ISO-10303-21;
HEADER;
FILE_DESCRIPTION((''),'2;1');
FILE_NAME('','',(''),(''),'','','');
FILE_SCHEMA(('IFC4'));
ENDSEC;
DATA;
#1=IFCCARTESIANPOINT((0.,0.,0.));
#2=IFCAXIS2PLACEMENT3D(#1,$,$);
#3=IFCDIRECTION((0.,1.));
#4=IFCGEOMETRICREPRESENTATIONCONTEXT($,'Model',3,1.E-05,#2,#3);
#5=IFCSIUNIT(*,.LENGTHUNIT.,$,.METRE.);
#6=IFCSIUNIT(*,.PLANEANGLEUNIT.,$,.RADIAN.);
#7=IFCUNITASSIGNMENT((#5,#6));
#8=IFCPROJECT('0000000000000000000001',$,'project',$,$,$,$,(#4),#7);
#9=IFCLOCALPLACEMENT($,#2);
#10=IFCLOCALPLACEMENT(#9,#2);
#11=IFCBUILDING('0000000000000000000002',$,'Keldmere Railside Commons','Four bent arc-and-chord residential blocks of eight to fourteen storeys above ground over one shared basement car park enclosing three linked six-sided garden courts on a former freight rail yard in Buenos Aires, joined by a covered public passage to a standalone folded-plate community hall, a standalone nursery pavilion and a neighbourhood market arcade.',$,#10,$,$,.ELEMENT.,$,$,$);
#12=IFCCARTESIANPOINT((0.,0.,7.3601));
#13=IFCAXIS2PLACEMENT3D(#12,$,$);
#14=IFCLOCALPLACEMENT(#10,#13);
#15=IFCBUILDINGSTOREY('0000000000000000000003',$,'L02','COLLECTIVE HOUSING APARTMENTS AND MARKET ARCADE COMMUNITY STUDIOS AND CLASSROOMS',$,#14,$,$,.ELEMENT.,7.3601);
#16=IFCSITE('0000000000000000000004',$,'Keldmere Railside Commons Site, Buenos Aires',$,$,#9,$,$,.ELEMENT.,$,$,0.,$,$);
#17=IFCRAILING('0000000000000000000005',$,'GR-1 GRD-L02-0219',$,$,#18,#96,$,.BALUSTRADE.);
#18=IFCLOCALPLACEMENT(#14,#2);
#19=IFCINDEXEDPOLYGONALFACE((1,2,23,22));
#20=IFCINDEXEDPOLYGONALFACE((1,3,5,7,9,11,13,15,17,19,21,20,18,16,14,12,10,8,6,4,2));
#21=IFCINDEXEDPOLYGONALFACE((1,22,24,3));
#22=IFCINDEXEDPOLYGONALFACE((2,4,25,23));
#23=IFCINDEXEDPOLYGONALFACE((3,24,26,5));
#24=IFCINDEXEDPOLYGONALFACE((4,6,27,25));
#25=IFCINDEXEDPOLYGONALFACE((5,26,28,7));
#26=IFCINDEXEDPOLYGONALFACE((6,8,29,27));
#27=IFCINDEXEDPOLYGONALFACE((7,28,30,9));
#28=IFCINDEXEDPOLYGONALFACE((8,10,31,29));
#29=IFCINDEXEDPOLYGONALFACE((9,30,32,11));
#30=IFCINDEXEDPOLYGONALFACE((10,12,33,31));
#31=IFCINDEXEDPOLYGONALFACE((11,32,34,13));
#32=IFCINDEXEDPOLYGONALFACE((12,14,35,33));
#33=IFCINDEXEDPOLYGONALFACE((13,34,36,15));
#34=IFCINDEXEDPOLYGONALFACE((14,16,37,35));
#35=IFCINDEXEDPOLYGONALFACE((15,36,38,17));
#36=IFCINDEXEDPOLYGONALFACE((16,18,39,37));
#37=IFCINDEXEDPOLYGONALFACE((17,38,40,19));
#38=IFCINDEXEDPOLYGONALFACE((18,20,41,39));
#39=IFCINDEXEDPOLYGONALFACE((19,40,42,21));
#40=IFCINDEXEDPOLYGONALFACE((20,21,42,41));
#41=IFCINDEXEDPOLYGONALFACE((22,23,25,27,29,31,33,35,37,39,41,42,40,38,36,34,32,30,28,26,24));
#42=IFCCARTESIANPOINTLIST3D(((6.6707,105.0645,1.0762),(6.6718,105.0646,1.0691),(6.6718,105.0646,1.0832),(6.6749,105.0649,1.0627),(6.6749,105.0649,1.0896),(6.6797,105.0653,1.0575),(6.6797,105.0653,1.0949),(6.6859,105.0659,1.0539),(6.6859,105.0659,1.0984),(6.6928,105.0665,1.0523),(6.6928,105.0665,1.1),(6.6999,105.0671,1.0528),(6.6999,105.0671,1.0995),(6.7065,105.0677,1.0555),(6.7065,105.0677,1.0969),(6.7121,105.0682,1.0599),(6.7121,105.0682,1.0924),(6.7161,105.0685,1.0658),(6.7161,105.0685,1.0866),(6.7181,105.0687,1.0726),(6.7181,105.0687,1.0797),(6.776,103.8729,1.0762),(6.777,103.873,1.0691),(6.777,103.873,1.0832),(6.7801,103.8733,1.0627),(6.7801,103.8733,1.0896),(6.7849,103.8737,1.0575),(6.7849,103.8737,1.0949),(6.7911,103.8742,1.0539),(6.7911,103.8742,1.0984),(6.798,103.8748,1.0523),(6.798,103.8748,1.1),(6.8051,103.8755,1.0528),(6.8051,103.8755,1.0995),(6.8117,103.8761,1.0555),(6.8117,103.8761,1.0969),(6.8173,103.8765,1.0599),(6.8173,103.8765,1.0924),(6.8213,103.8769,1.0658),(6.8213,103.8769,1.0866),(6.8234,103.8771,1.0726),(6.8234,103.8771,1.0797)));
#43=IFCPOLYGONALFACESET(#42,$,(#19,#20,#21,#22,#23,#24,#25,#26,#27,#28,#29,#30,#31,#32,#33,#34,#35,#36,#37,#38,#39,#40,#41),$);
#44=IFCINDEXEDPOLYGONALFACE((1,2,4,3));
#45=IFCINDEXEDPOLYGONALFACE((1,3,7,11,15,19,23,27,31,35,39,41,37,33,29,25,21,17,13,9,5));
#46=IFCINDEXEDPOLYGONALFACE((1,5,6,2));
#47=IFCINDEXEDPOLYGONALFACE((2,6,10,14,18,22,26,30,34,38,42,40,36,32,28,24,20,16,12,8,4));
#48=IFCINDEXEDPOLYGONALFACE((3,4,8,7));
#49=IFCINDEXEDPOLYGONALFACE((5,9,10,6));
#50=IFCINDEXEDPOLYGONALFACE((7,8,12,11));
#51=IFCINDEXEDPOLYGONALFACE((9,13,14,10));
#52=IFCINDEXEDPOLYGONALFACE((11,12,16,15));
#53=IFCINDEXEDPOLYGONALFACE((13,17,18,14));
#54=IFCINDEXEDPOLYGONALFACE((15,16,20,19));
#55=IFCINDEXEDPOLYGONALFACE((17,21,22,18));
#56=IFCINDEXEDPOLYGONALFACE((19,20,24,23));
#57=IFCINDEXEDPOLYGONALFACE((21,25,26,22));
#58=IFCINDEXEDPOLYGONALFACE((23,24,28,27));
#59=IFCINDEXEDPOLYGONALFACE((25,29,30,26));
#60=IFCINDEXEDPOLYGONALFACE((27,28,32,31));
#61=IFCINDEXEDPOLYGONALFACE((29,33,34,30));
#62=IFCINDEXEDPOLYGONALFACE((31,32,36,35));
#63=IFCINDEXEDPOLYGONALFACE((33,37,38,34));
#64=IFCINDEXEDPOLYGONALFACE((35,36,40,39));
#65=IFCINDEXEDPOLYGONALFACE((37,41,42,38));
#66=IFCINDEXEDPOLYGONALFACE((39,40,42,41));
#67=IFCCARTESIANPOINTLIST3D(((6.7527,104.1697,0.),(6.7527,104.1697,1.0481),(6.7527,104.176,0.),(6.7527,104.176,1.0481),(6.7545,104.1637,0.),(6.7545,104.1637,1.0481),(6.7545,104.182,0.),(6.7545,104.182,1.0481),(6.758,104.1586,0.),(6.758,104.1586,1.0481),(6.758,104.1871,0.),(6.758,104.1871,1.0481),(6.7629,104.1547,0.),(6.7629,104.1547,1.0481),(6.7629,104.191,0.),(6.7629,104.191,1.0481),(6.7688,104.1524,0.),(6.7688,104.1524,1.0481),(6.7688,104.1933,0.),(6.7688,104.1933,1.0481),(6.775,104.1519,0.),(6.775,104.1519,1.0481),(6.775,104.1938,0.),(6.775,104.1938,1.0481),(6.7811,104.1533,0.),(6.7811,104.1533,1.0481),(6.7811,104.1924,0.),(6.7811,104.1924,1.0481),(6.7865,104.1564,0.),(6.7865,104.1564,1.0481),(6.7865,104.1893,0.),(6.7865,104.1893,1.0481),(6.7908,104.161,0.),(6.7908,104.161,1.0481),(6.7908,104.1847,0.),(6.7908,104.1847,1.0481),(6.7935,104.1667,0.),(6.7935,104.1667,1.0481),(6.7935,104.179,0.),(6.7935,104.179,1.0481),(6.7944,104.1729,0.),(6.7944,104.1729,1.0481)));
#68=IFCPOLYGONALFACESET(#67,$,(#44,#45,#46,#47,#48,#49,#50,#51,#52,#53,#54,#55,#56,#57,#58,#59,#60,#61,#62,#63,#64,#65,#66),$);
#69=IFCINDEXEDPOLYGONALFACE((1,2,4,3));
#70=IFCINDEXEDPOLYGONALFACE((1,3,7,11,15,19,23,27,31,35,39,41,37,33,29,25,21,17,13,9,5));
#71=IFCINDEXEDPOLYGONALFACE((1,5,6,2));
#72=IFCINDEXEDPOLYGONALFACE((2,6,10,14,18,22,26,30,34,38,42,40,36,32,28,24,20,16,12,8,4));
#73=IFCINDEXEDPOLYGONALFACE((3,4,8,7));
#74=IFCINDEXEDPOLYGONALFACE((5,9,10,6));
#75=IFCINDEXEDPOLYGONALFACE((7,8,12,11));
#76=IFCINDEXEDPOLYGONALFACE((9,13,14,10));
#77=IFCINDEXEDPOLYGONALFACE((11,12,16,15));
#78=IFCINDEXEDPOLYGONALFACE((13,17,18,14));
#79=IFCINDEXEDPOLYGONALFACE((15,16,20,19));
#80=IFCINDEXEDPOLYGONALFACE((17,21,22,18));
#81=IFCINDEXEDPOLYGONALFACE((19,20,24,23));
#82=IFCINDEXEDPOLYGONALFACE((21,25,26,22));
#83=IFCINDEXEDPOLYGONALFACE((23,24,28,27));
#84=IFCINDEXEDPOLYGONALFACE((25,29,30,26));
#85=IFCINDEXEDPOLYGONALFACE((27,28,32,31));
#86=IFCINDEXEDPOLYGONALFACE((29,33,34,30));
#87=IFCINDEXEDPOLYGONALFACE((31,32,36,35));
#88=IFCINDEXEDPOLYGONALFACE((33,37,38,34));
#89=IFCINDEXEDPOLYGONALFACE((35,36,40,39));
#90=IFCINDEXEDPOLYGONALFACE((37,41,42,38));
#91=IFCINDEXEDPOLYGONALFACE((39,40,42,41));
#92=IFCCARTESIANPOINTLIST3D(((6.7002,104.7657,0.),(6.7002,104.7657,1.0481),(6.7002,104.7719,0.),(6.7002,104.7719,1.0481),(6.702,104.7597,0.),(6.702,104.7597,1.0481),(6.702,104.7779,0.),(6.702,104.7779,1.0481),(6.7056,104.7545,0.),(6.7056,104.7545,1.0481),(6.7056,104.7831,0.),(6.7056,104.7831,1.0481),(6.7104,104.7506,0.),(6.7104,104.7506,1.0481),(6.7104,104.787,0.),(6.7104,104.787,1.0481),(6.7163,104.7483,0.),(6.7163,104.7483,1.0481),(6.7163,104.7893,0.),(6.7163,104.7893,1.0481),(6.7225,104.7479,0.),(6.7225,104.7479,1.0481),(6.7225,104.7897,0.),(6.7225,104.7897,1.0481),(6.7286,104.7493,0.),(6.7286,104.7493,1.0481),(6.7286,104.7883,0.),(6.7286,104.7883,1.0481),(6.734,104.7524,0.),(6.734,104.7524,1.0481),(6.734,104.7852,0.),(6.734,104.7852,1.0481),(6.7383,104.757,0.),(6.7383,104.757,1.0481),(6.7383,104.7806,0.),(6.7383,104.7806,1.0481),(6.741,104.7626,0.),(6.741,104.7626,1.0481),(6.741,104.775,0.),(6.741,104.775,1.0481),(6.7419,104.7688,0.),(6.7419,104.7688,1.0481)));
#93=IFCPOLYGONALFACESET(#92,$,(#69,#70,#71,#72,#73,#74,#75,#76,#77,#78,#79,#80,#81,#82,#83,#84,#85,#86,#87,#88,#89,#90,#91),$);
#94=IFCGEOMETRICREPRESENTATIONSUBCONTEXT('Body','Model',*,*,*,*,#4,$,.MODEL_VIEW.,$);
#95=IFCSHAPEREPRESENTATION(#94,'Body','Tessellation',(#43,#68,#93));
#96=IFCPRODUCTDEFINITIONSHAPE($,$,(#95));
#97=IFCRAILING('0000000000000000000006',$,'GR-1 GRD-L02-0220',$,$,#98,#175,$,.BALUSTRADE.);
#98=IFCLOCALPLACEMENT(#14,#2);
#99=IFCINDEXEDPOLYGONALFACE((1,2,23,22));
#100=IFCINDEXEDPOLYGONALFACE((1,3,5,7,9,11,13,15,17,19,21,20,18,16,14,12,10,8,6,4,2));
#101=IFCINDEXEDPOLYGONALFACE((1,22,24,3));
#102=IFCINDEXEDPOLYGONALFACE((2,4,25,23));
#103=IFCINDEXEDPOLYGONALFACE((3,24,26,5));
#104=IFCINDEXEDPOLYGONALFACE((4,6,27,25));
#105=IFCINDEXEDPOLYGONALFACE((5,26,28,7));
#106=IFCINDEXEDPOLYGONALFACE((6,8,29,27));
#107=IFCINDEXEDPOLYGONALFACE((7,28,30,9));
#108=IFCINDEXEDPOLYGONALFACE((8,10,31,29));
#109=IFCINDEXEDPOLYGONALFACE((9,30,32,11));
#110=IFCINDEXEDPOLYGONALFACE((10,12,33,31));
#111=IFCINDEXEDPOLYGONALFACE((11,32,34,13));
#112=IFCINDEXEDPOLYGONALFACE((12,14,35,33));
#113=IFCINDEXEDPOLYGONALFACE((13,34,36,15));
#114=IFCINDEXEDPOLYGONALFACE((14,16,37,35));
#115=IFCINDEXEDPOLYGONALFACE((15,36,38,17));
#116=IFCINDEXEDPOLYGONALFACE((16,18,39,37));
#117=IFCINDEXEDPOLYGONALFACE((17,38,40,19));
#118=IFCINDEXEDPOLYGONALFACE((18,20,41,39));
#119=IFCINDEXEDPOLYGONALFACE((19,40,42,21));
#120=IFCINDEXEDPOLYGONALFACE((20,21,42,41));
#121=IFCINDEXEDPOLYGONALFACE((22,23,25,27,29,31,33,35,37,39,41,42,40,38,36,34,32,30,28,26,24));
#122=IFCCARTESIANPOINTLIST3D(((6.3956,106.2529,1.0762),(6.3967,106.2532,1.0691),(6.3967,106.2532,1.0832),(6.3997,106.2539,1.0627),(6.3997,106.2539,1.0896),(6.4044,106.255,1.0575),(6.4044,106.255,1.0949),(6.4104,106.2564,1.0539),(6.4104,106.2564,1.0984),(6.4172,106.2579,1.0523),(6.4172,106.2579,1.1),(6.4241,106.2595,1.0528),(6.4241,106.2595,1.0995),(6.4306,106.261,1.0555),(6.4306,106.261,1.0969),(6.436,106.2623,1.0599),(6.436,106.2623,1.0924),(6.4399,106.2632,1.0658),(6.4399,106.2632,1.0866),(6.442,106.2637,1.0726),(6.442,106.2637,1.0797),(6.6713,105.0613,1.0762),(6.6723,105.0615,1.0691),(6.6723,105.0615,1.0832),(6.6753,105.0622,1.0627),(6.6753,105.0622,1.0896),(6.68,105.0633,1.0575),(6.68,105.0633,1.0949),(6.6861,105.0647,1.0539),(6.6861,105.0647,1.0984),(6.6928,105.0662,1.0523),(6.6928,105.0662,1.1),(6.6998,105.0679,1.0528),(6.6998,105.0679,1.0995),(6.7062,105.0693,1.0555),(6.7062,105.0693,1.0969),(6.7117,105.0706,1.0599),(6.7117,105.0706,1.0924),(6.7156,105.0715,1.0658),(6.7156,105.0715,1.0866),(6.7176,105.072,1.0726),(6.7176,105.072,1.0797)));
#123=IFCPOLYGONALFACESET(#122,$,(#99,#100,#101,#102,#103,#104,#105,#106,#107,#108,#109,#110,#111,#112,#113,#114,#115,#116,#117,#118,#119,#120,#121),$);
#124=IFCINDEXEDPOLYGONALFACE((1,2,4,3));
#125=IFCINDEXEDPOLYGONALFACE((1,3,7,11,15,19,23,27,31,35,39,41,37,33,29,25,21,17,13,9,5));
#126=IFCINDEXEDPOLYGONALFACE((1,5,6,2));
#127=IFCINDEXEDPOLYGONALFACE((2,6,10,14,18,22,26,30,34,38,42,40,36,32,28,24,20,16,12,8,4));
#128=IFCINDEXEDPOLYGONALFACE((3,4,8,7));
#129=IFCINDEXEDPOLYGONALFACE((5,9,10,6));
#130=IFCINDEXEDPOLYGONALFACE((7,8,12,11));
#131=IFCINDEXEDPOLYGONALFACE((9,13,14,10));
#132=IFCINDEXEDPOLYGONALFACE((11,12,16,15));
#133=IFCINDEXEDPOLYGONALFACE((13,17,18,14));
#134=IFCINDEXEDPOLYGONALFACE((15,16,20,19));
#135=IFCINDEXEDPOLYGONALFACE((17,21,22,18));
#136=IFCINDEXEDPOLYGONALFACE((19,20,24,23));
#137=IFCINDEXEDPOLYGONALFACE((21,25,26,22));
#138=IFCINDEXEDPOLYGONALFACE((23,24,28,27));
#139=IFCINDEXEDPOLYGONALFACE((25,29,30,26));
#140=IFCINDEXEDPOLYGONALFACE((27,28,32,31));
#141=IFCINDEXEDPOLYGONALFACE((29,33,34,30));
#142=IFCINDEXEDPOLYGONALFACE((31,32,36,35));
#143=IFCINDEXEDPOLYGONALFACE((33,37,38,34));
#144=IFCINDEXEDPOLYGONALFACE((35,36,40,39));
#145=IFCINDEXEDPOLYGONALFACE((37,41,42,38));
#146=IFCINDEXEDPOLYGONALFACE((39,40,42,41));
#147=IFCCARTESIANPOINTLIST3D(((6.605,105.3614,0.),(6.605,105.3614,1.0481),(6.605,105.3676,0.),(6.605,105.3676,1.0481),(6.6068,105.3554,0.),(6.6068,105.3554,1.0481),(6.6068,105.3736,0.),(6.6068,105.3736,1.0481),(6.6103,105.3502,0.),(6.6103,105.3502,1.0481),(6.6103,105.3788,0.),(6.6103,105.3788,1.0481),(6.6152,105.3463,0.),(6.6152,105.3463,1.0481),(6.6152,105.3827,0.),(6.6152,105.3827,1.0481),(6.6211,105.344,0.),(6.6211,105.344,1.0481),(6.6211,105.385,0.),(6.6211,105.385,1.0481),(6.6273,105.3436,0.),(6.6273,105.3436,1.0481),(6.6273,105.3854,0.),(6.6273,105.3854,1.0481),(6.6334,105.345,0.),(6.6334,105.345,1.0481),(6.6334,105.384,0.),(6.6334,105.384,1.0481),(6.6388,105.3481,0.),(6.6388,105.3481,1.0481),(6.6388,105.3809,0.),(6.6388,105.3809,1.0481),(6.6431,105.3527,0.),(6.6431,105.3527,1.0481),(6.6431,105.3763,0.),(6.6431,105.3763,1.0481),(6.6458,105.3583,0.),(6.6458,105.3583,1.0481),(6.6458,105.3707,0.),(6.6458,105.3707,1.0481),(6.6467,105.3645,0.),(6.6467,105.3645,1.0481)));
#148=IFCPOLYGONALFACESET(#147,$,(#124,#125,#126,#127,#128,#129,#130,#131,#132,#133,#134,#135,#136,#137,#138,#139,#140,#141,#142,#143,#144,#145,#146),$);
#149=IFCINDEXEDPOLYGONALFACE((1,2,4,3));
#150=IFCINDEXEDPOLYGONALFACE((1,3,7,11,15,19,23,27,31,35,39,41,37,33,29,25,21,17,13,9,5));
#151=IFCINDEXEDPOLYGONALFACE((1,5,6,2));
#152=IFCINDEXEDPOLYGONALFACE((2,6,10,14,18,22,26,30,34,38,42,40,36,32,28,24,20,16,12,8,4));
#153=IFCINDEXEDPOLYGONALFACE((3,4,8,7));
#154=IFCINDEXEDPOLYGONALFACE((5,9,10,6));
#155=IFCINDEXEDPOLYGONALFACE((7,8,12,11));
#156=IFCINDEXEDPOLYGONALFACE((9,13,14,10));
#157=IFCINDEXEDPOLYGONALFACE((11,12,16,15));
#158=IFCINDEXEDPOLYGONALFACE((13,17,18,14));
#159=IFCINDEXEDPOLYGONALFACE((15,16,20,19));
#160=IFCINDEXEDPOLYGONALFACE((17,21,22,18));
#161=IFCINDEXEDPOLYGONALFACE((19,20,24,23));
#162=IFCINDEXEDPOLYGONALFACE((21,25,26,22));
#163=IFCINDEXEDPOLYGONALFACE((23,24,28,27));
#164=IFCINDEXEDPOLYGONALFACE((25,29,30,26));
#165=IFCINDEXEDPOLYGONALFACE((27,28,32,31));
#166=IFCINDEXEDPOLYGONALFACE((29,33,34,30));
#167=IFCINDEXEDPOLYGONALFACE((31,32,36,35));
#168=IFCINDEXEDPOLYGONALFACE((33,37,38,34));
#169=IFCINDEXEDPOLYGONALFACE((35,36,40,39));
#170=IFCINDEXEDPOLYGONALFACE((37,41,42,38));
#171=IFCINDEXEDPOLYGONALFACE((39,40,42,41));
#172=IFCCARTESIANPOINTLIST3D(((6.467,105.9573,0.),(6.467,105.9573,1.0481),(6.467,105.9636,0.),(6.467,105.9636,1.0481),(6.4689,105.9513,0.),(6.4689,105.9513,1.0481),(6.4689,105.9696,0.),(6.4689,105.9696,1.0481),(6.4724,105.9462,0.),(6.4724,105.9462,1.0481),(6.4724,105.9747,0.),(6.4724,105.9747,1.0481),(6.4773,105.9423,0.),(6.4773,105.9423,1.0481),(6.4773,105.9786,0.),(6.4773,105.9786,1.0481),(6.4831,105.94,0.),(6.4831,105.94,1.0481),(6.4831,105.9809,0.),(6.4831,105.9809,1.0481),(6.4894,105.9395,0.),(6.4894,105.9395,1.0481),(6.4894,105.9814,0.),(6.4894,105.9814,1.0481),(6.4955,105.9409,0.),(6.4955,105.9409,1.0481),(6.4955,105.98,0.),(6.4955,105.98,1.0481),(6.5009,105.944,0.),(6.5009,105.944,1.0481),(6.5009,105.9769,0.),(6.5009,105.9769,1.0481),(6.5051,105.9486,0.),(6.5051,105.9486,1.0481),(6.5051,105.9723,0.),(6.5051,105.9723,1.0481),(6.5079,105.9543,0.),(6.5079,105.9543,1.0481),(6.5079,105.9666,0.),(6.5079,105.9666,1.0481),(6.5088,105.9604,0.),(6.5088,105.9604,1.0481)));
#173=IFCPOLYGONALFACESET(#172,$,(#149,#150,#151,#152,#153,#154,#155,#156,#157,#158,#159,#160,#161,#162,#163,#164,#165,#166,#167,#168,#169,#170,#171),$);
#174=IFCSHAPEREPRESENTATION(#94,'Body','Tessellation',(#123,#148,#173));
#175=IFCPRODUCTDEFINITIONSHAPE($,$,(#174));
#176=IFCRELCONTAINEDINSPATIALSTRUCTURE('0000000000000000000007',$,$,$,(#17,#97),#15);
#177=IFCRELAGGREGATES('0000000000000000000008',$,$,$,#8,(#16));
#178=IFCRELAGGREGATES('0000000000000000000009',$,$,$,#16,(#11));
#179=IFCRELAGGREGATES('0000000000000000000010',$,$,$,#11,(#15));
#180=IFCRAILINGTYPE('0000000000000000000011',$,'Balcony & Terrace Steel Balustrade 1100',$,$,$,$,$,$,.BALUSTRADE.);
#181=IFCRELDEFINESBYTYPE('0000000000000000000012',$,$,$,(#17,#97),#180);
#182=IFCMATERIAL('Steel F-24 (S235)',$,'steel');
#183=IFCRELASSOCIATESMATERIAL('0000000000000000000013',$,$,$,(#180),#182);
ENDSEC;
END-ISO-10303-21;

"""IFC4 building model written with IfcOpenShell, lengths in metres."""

from ifc_helpers import new_model, si_unit, direction, frame, origin, origin_2d, place, context, subcontext, project, spatial, circle, extrude, material, type_object, element, save


model = new_model("IFC4")

# Units and contexts
model_context = context("Model", 3, precision=1e-05, world=origin(), true_north=direction((0.0, 1.0)))
body_context = subcontext(model_context, "Body", "Model", "MODEL_VIEW")
ifc_project = project(units=[si_unit("LENGTHUNIT", "METRE"), si_unit("PLANEANGLEUNIT", "RADIAN")], contexts=[model_context])

# Site, building, storey
site_placement = place(None, origin())
site = spatial("IfcSite", under=ifc_project, at=site_placement, Name="Keldmere Railside Commons Site, Buenos Aires", CompositionType="ELEMENT", RefElevation=0.0)
building_placement = place(site_placement, origin())
building = spatial("IfcBuilding", under=site, at=building_placement, Name="Keldmere Railside Commons", Description="Four bent arc-and-chord residential blocks of eight to fourteen storeys above ground over one shared basement car park enclosing three linked six-sided garden courts on a former freight rail yard in Buenos Aires, joined by a covered public passage to a standalone folded-plate community hall, a standalone nursery pavilion and a neighbourhood market arcade.", CompositionType="ELEMENT")
storey_placement = place(building_placement, frame((0.0, 0.0, 7.3601)))
storey = spatial("IfcBuildingStorey", under=building, at=storey_placement, Name="L02", Description="COLLECTIVE HOUSING APARTMENTS AND MARKET ARCADE COMMUNITY STUDIOS AND CLASSROOMS", CompositionType="ELEMENT", Elevation=7.3601)

# Shared definitions
ifc_material_1 = material(Name="Steel F-24 (S235)", Category="steel")

# Railings
railing_type = type_object("IfcRailingType", Name="Balcony & Terrace Steel Balustrade 1100", PredefinedType="BALUSTRADE", material=ifc_material_1)
railing_1_placement = place(storey_placement, frame((6.7998, 103.875, 0.0)))
element("IfcRailing", 1, at=railing_1_placement, inside=storey, type_object=railing_type, Name="GR-1 GRD-L02-0219", PredefinedType="BALUSTRADE", context=body_context, shape_type="SweptSolid", body=[
    extrude(circle(Radius=0.0239, at=origin_2d()), frame((0.0, 0.0, 1.0762), z_axis=(-0.087959, 0.996124, 0.0), x_axis=(-0.996124, -0.087959, 0.0)), (0.0, 0.0, 1.0), 1.1963),
    extrude(circle(Radius=0.021, at=origin_2d()), frame((-0.0264, 0.2979, 0.0)), (0.0, 0.0, 1.0), 1.0481),
    extrude(circle(Radius=0.021, at=origin_2d()), frame((-0.0789, 0.8938, 0.0)), (0.0, 0.0, 1.0), 1.0481),
])
railing_2_placement = place(storey_placement, frame((6.6946, 105.0667, 0.0)))
element("IfcRailing", 2, at=railing_2_placement, inside=storey, type_object=railing_type, Name="GR-1 GRD-L02-0220", PredefinedType="BALUSTRADE", context=body_context, shape_type="SweptSolid", body=[
    extrude(circle(Radius=0.0239, at=origin_2d()), frame((0.0, 0.0, 1.0762), z_axis=(-0.225355, 0.974277, 0.0), x_axis=(-0.974277, -0.225355, 0.0)), (0.0, 0.0, 1.0), 1.2231),
    extrude(circle(Radius=0.021, at=origin_2d()), frame((-0.0688, 0.2979, 0.0)), (0.0, 0.0, 1.0), 1.0481),
    extrude(circle(Radius=0.021, at=origin_2d()), frame((-0.2068, 0.8938, 0.0)), (0.0, 0.0, 1.0), 1.0481),
])

save(model, "model.ifc")
